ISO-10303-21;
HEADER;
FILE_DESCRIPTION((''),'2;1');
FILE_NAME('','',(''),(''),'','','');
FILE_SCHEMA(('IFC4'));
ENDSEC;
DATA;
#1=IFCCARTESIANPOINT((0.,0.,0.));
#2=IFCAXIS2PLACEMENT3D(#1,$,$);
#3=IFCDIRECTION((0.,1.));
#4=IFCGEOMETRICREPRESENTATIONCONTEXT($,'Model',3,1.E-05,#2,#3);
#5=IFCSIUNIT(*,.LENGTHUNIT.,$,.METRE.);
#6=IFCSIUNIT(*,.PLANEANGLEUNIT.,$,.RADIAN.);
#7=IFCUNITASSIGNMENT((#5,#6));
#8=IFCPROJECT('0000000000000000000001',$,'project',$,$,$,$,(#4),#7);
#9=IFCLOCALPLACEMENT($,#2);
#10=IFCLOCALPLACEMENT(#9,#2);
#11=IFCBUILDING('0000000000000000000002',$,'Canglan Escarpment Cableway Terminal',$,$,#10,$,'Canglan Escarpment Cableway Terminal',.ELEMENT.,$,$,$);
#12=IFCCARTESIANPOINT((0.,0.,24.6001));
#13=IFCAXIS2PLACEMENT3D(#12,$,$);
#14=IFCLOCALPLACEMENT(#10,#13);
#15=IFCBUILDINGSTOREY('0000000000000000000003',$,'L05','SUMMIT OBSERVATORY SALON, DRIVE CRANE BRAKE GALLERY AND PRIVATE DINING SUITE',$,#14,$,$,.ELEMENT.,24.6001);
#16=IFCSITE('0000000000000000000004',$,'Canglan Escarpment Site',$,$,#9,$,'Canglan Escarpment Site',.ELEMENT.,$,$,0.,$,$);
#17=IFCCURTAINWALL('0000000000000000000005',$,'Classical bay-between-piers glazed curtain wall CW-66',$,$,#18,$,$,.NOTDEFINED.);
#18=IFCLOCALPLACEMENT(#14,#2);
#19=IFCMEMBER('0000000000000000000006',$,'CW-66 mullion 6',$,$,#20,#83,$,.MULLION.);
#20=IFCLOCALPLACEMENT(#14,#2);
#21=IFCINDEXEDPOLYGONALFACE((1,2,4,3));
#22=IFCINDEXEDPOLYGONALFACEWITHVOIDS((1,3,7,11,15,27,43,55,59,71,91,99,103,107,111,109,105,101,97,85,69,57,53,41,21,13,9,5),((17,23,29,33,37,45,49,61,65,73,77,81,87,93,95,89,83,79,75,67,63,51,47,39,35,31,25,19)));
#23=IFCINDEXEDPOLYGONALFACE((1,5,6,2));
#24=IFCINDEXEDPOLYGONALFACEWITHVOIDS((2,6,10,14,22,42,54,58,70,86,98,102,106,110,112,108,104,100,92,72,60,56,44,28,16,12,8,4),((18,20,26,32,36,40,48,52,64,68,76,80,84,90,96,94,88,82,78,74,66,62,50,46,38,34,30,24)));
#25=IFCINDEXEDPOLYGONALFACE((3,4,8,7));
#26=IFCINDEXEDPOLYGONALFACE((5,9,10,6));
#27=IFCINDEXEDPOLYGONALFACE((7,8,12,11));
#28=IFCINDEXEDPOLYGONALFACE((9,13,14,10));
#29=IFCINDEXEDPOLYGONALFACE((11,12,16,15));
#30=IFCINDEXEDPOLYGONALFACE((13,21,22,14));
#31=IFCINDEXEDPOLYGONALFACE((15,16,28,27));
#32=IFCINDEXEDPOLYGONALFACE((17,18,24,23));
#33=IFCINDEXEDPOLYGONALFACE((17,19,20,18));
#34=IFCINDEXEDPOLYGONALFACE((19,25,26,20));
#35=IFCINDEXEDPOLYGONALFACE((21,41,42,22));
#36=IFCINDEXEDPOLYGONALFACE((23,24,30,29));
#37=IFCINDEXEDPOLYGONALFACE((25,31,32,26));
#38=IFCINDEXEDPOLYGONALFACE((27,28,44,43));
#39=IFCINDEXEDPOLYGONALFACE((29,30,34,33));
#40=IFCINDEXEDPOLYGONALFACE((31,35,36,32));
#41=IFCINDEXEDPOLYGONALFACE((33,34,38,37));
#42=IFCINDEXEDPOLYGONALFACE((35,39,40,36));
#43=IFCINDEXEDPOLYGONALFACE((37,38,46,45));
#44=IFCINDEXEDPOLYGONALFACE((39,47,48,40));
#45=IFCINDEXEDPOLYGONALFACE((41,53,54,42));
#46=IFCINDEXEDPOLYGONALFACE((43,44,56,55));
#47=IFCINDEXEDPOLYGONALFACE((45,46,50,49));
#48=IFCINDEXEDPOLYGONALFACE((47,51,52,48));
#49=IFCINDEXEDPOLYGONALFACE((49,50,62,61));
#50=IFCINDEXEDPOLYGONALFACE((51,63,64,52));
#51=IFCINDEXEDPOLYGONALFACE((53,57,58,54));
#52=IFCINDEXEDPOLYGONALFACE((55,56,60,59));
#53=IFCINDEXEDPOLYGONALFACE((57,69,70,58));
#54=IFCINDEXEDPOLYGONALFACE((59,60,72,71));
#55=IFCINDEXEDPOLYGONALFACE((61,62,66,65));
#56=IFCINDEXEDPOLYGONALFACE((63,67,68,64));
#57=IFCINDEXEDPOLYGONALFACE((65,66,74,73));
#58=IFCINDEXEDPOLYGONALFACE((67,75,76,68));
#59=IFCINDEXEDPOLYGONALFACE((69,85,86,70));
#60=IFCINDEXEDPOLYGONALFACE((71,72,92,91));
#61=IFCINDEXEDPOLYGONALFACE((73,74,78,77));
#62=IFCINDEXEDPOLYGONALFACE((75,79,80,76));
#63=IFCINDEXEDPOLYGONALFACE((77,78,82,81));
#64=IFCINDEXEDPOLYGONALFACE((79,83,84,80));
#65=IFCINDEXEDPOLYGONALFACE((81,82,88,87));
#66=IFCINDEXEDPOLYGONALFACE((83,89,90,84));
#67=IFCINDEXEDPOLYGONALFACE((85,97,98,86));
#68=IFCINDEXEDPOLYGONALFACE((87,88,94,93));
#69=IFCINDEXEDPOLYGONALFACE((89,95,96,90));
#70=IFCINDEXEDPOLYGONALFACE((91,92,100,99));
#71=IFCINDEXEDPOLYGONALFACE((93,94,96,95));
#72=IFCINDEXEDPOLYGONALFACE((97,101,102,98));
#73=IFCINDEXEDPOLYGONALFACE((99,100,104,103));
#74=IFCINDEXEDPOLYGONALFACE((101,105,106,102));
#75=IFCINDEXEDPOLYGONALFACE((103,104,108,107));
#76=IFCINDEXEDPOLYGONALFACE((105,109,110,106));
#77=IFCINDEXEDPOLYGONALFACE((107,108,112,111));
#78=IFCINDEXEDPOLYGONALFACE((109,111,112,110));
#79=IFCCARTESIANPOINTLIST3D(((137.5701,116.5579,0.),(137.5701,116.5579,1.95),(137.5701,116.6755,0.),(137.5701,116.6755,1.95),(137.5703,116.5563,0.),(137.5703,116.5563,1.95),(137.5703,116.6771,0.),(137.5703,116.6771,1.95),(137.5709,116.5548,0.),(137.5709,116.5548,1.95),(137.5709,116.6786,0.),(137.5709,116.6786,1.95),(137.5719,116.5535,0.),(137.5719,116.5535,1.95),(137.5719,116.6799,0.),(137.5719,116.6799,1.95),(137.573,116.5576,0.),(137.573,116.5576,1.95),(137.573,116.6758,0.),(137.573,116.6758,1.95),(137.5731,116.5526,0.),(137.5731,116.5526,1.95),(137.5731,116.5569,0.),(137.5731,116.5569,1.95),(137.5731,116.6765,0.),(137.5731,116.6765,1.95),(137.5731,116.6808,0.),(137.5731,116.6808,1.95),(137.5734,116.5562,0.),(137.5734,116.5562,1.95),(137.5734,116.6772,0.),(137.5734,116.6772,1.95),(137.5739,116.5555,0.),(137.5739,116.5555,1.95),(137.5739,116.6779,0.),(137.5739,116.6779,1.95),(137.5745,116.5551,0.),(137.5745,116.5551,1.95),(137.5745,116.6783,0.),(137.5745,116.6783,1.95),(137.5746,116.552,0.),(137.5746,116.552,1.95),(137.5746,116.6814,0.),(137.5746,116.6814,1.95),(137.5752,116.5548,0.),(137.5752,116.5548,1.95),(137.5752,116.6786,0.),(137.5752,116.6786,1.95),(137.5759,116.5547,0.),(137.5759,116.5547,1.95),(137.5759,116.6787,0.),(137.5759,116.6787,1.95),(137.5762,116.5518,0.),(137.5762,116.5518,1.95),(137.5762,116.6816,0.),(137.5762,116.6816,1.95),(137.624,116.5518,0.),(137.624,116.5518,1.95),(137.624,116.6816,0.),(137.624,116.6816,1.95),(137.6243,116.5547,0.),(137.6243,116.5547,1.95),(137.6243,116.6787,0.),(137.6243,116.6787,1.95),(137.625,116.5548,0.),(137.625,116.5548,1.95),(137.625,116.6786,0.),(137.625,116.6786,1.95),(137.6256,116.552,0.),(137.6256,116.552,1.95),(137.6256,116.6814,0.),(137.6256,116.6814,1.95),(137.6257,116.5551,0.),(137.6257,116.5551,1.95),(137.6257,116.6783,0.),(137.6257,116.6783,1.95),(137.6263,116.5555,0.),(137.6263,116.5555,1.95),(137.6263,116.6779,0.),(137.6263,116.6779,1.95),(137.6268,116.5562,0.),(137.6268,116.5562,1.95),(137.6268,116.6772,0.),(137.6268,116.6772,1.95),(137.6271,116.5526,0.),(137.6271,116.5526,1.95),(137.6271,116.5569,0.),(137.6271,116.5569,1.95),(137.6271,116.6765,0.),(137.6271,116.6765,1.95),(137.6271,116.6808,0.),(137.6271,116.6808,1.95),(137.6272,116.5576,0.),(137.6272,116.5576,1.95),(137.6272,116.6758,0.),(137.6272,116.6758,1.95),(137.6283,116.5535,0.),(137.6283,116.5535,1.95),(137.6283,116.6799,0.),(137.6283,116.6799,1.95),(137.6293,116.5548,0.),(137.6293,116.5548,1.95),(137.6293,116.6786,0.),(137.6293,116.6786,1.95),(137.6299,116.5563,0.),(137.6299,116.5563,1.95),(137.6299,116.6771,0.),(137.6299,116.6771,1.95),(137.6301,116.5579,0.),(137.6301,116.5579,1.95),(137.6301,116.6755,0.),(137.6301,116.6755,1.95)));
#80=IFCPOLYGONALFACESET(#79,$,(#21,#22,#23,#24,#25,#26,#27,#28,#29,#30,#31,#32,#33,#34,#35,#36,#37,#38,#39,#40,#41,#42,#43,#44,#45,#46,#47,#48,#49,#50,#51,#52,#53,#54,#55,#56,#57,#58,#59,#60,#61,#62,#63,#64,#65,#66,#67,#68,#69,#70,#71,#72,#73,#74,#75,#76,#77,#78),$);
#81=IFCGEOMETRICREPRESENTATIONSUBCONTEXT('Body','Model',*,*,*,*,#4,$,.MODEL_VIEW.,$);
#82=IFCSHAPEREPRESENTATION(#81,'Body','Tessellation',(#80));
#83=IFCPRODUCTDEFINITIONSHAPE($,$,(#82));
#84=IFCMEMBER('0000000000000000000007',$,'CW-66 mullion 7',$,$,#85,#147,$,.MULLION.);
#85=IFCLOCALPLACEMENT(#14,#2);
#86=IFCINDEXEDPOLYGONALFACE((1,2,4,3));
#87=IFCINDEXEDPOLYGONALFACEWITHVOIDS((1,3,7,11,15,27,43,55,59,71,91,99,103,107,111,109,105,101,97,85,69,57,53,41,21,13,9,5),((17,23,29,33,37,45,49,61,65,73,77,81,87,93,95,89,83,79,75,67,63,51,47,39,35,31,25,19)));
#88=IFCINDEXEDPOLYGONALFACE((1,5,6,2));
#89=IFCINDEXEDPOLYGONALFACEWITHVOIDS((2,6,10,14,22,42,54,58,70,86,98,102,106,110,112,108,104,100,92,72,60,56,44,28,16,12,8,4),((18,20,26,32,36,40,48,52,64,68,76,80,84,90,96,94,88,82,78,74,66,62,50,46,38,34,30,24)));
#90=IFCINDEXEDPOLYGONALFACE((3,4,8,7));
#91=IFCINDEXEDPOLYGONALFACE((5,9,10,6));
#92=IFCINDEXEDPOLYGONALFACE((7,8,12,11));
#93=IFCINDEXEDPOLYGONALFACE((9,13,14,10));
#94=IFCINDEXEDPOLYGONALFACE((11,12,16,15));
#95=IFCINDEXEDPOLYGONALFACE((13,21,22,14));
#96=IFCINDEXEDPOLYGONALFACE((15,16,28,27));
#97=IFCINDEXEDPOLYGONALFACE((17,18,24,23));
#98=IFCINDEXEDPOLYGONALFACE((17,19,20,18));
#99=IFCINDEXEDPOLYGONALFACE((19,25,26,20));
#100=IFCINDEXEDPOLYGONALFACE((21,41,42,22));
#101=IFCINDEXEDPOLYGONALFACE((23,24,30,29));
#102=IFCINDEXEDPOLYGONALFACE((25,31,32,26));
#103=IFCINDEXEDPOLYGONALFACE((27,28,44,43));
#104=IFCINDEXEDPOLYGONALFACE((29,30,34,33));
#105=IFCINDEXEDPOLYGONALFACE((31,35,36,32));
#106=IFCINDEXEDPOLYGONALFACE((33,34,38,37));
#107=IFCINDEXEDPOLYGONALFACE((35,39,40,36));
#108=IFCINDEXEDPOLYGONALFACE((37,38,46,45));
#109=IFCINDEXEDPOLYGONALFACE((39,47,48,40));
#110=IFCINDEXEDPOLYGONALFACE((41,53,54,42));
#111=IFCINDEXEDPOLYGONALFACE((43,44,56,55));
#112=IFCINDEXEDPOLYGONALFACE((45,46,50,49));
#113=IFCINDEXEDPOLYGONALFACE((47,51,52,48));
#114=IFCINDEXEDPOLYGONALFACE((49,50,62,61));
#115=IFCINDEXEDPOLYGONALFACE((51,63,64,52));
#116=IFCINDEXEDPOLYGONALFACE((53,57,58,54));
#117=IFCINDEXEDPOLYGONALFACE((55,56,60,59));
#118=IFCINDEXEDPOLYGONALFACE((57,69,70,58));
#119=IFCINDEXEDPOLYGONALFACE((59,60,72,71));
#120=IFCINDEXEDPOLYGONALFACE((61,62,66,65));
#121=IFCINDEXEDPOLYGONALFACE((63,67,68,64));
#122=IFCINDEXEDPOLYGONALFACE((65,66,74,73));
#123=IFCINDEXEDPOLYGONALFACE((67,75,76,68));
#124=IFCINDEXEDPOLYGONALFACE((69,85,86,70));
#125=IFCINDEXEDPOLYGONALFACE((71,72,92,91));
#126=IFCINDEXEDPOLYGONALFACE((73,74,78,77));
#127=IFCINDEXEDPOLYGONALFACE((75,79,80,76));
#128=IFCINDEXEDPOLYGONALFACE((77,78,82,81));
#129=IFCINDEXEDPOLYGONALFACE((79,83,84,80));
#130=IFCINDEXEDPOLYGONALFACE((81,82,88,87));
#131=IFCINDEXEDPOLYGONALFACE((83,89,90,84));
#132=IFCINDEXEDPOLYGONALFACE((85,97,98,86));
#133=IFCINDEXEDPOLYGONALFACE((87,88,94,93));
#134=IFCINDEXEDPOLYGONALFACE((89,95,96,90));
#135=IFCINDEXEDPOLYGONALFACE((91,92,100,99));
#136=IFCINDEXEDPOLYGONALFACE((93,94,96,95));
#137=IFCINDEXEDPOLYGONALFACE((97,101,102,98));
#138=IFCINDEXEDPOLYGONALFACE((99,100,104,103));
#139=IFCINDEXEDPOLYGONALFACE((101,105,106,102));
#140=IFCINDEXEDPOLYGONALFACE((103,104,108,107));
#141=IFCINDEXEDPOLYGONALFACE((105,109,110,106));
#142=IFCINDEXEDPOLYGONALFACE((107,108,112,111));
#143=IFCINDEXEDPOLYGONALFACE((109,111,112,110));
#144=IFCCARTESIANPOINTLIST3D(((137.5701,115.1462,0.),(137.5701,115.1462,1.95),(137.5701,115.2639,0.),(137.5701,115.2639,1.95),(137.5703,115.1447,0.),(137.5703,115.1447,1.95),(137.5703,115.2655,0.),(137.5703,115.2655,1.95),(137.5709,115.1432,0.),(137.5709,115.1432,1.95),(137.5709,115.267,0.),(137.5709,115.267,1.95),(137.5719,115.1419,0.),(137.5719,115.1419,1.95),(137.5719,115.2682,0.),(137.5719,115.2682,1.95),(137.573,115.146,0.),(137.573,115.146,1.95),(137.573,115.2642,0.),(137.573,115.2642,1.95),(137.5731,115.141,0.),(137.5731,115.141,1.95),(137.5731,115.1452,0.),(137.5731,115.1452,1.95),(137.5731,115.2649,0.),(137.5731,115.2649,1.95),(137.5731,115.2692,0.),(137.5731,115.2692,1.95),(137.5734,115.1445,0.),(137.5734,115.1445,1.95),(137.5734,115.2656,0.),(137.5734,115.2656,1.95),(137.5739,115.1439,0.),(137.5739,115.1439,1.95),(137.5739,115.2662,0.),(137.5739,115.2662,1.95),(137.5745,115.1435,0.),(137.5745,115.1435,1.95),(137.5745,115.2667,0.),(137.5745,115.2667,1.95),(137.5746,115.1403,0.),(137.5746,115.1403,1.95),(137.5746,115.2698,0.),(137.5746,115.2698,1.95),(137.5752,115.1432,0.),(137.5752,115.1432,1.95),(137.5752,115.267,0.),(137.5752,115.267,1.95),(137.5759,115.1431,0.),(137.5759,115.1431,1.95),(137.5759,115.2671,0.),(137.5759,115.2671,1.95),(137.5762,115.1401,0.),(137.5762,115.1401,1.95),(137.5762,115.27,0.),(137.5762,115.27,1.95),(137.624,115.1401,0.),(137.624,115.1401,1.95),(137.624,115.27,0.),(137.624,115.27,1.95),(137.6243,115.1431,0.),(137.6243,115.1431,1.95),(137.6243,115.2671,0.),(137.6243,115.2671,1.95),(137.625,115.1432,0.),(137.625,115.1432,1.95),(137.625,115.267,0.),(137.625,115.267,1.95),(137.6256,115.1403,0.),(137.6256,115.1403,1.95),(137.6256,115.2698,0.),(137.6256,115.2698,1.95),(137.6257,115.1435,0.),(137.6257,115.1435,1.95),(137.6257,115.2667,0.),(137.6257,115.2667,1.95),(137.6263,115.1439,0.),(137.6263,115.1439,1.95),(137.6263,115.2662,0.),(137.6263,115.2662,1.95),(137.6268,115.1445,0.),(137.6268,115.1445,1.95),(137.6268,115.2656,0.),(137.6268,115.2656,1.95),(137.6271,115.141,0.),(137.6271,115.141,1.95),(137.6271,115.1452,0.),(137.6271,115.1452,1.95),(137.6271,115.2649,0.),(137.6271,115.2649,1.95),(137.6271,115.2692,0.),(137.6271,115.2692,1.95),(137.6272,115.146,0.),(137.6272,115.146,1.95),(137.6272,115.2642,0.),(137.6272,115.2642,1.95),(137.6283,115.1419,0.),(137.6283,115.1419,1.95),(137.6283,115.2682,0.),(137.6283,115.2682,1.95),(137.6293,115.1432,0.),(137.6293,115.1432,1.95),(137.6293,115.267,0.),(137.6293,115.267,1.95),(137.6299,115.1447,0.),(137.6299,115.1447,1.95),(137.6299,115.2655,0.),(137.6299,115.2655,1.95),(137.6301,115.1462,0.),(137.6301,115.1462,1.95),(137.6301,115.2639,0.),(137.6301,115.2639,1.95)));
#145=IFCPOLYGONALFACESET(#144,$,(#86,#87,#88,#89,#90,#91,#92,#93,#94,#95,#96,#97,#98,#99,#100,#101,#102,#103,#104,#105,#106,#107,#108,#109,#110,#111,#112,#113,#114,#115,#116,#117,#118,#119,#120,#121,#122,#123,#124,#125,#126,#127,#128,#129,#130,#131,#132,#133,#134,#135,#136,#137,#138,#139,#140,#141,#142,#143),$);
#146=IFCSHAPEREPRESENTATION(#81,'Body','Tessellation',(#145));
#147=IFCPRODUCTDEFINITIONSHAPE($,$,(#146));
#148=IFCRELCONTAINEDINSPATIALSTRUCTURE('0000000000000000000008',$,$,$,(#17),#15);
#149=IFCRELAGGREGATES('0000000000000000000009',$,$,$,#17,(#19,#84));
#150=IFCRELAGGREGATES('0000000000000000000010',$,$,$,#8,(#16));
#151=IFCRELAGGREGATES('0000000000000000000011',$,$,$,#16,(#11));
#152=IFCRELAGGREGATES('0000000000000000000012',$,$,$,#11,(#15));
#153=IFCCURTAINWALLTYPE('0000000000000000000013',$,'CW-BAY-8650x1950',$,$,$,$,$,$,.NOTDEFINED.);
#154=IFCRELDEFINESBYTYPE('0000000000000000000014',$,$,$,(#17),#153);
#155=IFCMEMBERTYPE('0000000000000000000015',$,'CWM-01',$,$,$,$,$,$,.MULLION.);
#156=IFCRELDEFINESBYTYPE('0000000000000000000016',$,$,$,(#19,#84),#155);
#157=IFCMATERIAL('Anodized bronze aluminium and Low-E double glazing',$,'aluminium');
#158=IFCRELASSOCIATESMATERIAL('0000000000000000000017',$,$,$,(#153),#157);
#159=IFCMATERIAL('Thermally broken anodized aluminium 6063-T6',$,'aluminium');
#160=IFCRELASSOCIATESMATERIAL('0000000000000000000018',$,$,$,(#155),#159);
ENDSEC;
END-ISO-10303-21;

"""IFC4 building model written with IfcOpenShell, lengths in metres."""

from ifc_helpers import new_model, si_unit, direction, frame, origin, origin_2d, place, context, subcontext, project, spatial, hollow_rectangle, extrude, material, material_profile, profile_set, type_object, element, aggregate, save


model = new_model("IFC4")

# Units and contexts
model_context = context("Model", 3, precision=1e-05, world=origin(), true_north=direction((0.0, 1.0)))
body_context = subcontext(model_context, "Body", "Model", "MODEL_VIEW")
ifc_project = project(units=[si_unit("LENGTHUNIT", "METRE"), si_unit("PLANEANGLEUNIT", "RADIAN")], contexts=[model_context])

# Site, building, storey
site_placement = place(None, origin())
site = spatial("IfcSite", under=ifc_project, at=site_placement, Name="Canglan Escarpment Site", LongName="Canglan Escarpment Site", CompositionType="ELEMENT", RefElevation=0.0)
building_placement = place(site_placement, origin())
building = spatial("IfcBuilding", under=site, at=building_placement, Name="Canglan Escarpment Cableway Terminal", LongName="Canglan Escarpment Cableway Terminal", CompositionType="ELEMENT")
storey_placement = place(building_placement, frame((0.0, 0.0, 24.6001)))
storey = spatial("IfcBuildingStorey", under=building, at=storey_placement, Name="L05", Description="SUMMIT OBSERVATORY SALON, DRIVE CRANE BRAKE GALLERY AND PRIVATE DINING SUITE", CompositionType="ELEMENT", Elevation=24.6001)

# Curtain wall, members
ifc_material_1 = material(Name="Anodized bronze aluminium and Low-E double glazing", Category="aluminium")
curtain_wall_type = type_object("IfcCurtainWallType", Name="CW-BAY-8650x1950", PredefinedType="NOTDEFINED", material=ifc_material_1)
curtain_wall_1_placement = place(storey_placement, origin())
curtain_wall_1 = element("IfcCurtainWall", 1, at=curtain_wall_1_placement, inside=storey, type_object=curtain_wall_type, Name="Classical bay-between-piers glazed curtain wall CW-66", PredefinedType="NOTDEFINED")
ifc_material_2 = material(Name="Thermally broken anodized aluminium 6063-T6", Category="aluminium")
ifc_material_profile_1 = material_profile(ifc_material_2, hollow_rectangle(XDim=0.0601, YDim=0.1299, WallThickness=0.0029, InnerFilletRadius=0.0029, OuterFilletRadius=0.0061, at=origin_2d()), Name="ALU-MULL 60x130x3")
ifc_profile_set_1 = profile_set([ifc_material_profile_1], Name="Thermally broken anodized aluminium 6063-T6")
member_type_1 = type_object("IfcMemberType", Name="CWM-01", PredefinedType="MULLION", material=ifc_profile_set_1)
member_1_placement = place(storey_placement, frame((137.6001, 116.6167, 0.0), z_axis=(0.0, 0.0, 1.0), x_axis=(1.0, 0.0, 0.0)))
member_1 = element("IfcMember", 2, at=member_1_placement, type_object=member_type_1, Name="CW-66 mullion 6", PredefinedType="MULLION", context=body_context, shape_type="SweptSolid", body=[
    extrude(hollow_rectangle(XDim=0.0601, YDim=0.1299, WallThickness=0.0029, InnerFilletRadius=0.0029, OuterFilletRadius=0.0061, at=origin_2d()), origin(), (0.0, 0.0, 1.0), 1.95),
])
member_2_placement = place(storey_placement, frame((137.6001, 115.2051, 0.0), z_axis=(0.0, 0.0, 1.0), x_axis=(1.0, 0.0, 0.0)))
member_2 = element("IfcMember", 3, at=member_2_placement, type_object=member_type_1, Name="CW-66 mullion 7", PredefinedType="MULLION", context=body_context, shape_type="SweptSolid", body=[
    extrude(hollow_rectangle(XDim=0.0601, YDim=0.1299, WallThickness=0.0029, InnerFilletRadius=0.0029, OuterFilletRadius=0.0061, at=origin_2d()), origin(), (0.0, 0.0, 1.0), 1.95),
])

aggregate(curtain_wall_1, [member_1, member_2])

save(model, "model.ifc")
